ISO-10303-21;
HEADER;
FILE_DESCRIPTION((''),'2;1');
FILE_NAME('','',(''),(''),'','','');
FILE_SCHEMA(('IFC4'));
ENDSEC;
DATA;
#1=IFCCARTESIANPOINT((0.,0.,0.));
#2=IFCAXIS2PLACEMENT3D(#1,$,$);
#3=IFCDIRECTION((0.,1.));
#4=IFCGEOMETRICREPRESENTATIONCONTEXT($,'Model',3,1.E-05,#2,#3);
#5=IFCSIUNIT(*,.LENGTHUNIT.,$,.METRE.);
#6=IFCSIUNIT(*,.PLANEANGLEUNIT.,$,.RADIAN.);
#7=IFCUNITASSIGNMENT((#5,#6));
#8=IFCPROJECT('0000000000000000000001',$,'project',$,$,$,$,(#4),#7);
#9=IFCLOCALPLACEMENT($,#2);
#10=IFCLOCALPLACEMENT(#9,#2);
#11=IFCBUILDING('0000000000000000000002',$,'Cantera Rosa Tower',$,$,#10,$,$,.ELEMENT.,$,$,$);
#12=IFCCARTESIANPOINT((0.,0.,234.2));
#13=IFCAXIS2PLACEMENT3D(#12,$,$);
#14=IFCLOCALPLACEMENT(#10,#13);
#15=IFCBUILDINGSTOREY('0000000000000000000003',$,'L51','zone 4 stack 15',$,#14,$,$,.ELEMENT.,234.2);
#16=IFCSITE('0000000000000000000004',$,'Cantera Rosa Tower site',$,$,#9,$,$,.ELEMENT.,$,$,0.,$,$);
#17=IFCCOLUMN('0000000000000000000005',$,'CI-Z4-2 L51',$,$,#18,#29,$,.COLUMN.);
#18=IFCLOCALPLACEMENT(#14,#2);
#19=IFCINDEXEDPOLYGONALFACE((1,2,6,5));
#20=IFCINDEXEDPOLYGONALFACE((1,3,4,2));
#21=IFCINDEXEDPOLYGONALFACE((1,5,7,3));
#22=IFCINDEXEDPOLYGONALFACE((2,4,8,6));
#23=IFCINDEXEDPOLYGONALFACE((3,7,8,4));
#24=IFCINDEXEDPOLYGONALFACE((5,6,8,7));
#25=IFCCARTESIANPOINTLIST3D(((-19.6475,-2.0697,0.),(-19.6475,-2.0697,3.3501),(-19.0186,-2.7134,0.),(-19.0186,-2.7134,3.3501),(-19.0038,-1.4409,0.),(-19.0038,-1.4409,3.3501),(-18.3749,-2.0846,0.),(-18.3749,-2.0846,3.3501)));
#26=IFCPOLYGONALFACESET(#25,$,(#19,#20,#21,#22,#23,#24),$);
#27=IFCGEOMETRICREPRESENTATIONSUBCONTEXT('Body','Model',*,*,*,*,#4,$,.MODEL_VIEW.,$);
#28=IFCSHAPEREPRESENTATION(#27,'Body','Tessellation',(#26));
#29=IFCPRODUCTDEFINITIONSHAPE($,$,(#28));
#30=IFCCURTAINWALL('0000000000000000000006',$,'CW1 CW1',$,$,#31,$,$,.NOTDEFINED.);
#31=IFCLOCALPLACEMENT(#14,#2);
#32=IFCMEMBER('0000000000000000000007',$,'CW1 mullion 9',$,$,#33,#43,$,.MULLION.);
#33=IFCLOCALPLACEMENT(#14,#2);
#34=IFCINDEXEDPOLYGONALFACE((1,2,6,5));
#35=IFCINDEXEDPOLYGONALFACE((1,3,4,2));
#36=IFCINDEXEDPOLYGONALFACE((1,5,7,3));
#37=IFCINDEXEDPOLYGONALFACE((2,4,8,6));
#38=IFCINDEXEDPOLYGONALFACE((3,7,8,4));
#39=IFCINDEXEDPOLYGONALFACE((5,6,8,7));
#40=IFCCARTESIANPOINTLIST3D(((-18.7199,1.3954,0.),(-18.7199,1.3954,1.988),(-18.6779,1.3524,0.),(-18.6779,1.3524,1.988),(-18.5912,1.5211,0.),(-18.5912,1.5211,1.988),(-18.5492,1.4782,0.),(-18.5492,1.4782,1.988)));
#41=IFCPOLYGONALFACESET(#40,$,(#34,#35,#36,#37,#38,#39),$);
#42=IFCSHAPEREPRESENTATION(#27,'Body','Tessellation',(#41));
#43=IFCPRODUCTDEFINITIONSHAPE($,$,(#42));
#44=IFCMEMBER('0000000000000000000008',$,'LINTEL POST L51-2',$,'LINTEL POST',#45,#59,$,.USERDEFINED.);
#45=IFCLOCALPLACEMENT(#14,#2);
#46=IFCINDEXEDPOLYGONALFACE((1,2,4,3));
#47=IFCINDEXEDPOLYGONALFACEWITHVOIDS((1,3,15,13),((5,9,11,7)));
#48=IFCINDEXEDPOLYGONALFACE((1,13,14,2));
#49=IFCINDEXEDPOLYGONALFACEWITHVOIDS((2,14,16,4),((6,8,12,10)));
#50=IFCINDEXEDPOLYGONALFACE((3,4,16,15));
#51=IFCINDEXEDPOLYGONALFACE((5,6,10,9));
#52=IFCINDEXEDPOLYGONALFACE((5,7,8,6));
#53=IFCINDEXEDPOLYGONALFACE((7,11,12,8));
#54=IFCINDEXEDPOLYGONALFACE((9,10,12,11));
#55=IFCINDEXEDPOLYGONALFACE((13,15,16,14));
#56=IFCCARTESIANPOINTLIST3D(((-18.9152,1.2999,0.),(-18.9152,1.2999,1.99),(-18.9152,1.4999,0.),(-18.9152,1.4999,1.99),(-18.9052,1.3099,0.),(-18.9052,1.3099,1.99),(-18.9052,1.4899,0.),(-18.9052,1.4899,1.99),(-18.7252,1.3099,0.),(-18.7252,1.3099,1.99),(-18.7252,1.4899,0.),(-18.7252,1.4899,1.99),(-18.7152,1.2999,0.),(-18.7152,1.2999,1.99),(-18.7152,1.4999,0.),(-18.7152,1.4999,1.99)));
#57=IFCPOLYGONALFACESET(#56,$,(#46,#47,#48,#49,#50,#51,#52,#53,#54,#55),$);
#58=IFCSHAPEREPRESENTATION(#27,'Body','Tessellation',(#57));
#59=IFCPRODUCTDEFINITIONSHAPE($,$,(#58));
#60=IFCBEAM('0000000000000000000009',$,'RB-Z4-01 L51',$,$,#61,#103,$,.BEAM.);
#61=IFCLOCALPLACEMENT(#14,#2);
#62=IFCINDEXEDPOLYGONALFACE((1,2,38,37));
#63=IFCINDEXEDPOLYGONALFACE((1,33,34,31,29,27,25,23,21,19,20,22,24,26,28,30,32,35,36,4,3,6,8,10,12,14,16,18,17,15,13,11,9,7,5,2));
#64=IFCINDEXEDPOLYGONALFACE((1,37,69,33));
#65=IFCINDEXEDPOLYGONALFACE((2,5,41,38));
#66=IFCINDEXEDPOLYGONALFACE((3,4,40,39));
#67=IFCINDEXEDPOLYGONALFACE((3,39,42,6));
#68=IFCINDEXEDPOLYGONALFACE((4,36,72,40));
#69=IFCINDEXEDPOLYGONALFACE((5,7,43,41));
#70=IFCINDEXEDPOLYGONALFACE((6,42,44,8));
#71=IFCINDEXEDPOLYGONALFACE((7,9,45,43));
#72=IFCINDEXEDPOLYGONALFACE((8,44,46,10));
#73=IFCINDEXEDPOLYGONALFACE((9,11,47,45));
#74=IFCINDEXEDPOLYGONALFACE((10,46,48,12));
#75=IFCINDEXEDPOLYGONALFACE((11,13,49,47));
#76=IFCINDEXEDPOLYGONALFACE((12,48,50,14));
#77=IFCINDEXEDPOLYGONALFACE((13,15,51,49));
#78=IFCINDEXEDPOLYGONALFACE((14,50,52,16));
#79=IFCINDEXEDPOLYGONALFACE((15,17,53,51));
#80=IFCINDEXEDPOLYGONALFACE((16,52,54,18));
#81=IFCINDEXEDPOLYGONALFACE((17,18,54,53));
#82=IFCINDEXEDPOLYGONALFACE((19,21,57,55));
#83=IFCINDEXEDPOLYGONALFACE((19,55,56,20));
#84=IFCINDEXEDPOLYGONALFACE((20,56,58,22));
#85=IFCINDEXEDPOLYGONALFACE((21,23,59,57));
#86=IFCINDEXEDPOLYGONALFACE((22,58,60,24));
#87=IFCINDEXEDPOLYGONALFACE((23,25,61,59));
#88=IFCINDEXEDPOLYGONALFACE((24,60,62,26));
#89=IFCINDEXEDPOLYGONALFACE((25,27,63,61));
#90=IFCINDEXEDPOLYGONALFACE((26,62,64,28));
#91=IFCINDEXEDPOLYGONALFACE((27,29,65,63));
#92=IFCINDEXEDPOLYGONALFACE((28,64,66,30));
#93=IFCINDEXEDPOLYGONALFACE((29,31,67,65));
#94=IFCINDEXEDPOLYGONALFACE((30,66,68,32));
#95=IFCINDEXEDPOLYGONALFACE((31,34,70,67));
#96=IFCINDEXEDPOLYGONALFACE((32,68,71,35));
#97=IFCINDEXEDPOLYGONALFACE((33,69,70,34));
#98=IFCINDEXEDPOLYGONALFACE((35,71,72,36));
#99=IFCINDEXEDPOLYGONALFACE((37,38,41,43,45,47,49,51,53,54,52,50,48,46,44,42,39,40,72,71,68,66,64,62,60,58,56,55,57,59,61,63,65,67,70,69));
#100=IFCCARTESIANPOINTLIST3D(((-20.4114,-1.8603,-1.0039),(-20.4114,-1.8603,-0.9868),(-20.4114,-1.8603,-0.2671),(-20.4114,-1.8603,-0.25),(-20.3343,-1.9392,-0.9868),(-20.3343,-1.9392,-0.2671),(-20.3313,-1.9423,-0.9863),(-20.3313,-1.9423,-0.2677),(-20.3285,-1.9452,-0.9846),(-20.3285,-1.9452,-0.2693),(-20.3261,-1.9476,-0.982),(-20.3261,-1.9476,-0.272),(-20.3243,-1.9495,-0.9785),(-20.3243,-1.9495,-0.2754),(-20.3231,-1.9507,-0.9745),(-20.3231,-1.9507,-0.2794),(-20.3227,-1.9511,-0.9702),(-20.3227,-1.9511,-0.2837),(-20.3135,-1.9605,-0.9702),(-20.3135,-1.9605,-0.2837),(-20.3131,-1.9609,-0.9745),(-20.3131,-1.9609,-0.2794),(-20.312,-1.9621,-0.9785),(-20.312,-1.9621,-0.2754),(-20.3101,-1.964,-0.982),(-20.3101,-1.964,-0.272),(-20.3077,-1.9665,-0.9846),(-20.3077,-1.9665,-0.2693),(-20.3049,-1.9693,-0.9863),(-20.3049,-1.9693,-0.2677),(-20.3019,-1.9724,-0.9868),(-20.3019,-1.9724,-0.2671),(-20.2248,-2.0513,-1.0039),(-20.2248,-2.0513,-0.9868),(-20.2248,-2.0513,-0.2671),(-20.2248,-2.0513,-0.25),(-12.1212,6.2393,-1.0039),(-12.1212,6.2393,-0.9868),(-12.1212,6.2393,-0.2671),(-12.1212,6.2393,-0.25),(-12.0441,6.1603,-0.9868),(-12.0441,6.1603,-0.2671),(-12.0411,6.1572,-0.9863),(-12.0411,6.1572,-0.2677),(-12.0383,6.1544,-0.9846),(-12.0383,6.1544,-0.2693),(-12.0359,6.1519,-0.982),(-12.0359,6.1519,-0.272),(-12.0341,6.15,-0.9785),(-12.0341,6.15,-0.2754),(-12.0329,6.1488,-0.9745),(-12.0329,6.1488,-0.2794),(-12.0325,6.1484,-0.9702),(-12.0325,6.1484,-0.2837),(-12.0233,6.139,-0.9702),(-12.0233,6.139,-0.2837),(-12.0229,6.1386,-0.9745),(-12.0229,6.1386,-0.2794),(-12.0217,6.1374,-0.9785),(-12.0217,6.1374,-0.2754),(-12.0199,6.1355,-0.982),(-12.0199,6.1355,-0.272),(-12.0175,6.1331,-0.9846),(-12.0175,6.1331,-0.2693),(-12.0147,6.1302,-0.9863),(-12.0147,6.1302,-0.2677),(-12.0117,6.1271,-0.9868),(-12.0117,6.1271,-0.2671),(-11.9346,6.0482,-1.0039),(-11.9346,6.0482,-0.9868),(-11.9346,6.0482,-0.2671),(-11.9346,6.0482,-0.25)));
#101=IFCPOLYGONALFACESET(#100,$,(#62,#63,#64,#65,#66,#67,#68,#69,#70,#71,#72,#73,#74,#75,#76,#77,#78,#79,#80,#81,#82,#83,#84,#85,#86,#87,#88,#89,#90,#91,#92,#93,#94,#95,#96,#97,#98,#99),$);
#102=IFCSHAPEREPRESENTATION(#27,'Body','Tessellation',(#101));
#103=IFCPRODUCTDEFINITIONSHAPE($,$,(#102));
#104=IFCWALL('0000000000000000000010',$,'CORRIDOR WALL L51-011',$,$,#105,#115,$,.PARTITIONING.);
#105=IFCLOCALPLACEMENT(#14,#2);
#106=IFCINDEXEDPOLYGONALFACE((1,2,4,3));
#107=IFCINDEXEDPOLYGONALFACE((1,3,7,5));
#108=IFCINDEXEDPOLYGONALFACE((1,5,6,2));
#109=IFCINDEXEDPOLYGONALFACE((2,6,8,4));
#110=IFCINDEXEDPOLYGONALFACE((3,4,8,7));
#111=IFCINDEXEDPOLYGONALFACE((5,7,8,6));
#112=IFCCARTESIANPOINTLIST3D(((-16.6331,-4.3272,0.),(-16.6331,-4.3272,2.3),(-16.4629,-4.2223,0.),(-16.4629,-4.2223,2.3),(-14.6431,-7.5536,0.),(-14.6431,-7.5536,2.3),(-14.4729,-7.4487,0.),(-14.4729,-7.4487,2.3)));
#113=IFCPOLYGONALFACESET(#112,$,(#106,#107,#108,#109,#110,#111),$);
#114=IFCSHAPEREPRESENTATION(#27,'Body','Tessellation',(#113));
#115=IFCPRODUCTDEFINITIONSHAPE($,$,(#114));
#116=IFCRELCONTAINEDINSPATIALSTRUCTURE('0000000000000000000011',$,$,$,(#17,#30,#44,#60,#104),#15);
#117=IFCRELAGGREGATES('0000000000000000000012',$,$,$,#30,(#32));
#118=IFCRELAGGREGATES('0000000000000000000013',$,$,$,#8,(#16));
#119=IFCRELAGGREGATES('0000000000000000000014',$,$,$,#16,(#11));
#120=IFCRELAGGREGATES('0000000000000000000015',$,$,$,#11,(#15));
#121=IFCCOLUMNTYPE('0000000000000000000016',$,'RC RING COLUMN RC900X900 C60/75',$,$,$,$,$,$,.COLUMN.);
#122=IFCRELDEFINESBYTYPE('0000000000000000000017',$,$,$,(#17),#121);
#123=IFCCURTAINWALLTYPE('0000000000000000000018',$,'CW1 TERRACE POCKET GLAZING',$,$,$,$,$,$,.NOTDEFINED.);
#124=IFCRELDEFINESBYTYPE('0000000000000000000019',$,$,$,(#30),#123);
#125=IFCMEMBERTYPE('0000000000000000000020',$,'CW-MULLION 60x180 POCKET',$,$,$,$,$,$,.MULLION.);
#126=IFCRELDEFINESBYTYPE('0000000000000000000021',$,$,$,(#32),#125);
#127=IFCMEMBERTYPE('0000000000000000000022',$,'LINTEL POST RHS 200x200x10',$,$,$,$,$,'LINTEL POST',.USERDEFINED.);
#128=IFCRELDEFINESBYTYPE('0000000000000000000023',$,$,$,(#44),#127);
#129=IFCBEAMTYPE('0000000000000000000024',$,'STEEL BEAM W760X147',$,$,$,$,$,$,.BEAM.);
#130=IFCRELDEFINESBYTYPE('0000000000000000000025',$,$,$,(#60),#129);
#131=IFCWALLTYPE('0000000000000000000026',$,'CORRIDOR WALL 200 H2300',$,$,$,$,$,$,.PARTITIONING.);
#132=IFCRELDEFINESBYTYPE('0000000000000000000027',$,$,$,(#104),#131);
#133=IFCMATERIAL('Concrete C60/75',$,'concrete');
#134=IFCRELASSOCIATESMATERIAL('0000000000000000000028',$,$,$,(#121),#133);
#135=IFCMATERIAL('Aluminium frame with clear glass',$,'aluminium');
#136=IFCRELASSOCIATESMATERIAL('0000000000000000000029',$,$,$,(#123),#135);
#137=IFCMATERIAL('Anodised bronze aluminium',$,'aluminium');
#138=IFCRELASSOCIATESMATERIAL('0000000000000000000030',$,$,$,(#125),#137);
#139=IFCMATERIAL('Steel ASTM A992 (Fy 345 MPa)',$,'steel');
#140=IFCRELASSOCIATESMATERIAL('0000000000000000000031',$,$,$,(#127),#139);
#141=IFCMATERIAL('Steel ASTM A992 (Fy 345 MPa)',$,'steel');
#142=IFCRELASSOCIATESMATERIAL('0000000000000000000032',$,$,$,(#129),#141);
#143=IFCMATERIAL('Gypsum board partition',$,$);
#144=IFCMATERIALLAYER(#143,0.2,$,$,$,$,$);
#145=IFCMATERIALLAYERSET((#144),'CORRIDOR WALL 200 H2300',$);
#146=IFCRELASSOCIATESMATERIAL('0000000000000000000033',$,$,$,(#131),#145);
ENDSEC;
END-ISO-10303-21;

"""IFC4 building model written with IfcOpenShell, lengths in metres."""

from ifc_helpers import new_model, si_unit, direction, frame, frame_2d, origin, origin_2d, place, context, subcontext, project, spatial, rectangle, hollow_rectangle, i_section, extrude, material, layer, layer_set, material_profile, profile_set, type_object, element, aggregate, save


model = new_model("IFC4")

# Units and contexts
model_context = context("Model", 3, precision=1e-05, world=origin(), true_north=direction((0.0, 1.0)))
body_context = subcontext(model_context, "Body", "Model", "MODEL_VIEW")
ifc_project = project(units=[si_unit("LENGTHUNIT", "METRE"), si_unit("PLANEANGLEUNIT", "RADIAN")], contexts=[model_context])

# Site, building, storey
site_placement = place(None, origin())
site = spatial("IfcSite", under=ifc_project, at=site_placement, Name="Cantera Rosa Tower site", CompositionType="ELEMENT", RefElevation=0.0)
building_placement = place(site_placement, origin())
building = spatial("IfcBuilding", under=site, at=building_placement, Name="Cantera Rosa Tower", CompositionType="ELEMENT")
storey_placement = place(building_placement, frame((0.0, 0.0, 234.2)))
storey = spatial("IfcBuildingStorey", under=building, at=storey_placement, Name="L51", Description="zone 4 stack 15", CompositionType="ELEMENT", Elevation=234.2)

# Column
ifc_material_1 = material(Name="Concrete C60/75", Category="concrete")
ifc_material_profile_1 = material_profile(ifc_material_1, rectangle(XDim=0.8999, YDim=0.8999, at=origin_2d()), Name="RC RING COLUMN RC900X900 C60/75")
ifc_profile_set_1 = profile_set([ifc_material_profile_1], Name="Concrete C60/75")
column_type = type_object("IfcColumnType", Name="RC RING COLUMN RC900X900 C60/75", PredefinedType="COLUMN", material=ifc_profile_set_1)
column_placement = place(storey_placement, frame((-19.0112, -2.0771, 0.0), z_axis=(0.0, 0.0, 1.0), x_axis=(0.715286, 0.698832, 0.0)))
element("IfcColumn", 1, at=column_placement, inside=storey, type_object=column_type, Name="CI-Z4-2 L51", PredefinedType="COLUMN", context=body_context, shape_type="SweptSolid", body=[
    extrude(rectangle(XDim=0.8999, YDim=0.8999, at=origin_2d()), origin(), (0.0, 0.0, 1.0), 3.3501),
])

# Curtain wall, member
ifc_material_2 = material(Name="Aluminium frame with clear glass", Category="aluminium")
curtain_wall_type = type_object("IfcCurtainWallType", Name="CW1 TERRACE POCKET GLAZING", PredefinedType="NOTDEFINED", material=ifc_material_2)
curtain_wall_placement = place(storey_placement, origin())
curtain_wall = element("IfcCurtainWall", 2, at=curtain_wall_placement, inside=storey, type_object=curtain_wall_type, Name="CW1 CW1", PredefinedType="NOTDEFINED")
ifc_material_3 = material(Name="Anodised bronze aluminium", Category="aluminium")
ifc_material_profile_2 = material_profile(ifc_material_3, rectangle(XDim=0.0601, YDim=0.1799, at=origin_2d()), Name="CW-MULLION 60x180 POCKET")
ifc_profile_set_2 = profile_set([ifc_material_profile_2], Name="Anodised bronze aluminium")
member_type_1 = type_object("IfcMemberType", Name="CW-MULLION 60x180 POCKET", PredefinedType="MULLION", material=ifc_profile_set_2)
member_1_placement = place(storey_placement, frame((-18.6345, 1.4368, 0.0), z_axis=(0.0, 0.0, 1.0), x_axis=(0.698832, -0.715286, 0.0)))
member_1 = element("IfcMember", 3, at=member_1_placement, type_object=member_type_1, Name="CW1 mullion 9", PredefinedType="MULLION", context=body_context, shape_type="SweptSolid", body=[
    extrude(rectangle(XDim=0.0601, YDim=0.1799, at=origin_2d()), origin(), (0.0, 0.0, 1.0), 1.988),
])
aggregate(curtain_wall, [member_1])

# Member
ifc_material_4 = material(Name="Steel ASTM A992 (Fy 345 MPa)", Category="steel")
ifc_material_profile_3 = material_profile(ifc_material_4, hollow_rectangle(XDim=0.2, YDim=0.2, WallThickness=0.01, at=origin_2d()), Name="LINTEL POST RHS 200x200x10")
ifc_profile_set_3 = profile_set([ifc_material_profile_3], Name="Steel ASTM A992 (Fy 345 MPa)")
member_type_2 = type_object("IfcMemberType", Name="LINTEL POST RHS 200x200x10", ElementType="LINTEL POST", PredefinedType="USERDEFINED", material=ifc_profile_set_3)
member_2_placement = place(storey_placement, frame((-18.8152, 1.3999, 0.0), z_axis=(0.0, 0.0, 1.0), x_axis=(1.0, 0.0, 0.0)))
element("IfcMember", 4, at=member_2_placement, inside=storey, type_object=member_type_2, Name="LINTEL POST L51-2", ObjectType="LINTEL POST", PredefinedType="USERDEFINED", context=body_context, shape_type="SweptSolid", body=[
    extrude(hollow_rectangle(XDim=0.2, YDim=0.2, WallThickness=0.01, at=origin_2d()), origin(), (0.0, 0.0, 1.0), 1.99),
])

# Beam
ifc_material_5 = material(Name="Steel ASTM A992 (Fy 345 MPa)", Category="steel")
ifc_material_profile_4 = material_profile(ifc_material_5, i_section(OverallWidth=0.2671, OverallDepth=0.7539, WebThickness=0.0132, FlangeThickness=0.0171, FilletRadius=0.0166, at=origin_2d()), Name="W760X147")
ifc_profile_set_4 = profile_set([ifc_material_profile_4], Name="Steel ASTM A992 (Fy 345 MPa)")
beam_type = type_object("IfcBeamType", Name="STEEL BEAM W760X147", PredefinedType="BEAM", material=ifc_profile_set_4)
beam_placement = place(storey_placement, frame((-20.3181, -1.9558, -0.627), z_axis=(0.715285, 0.698833, 0.0), x_axis=(-0.698833, 0.715285, 0.0)))
element("IfcBeam", 5, at=beam_placement, inside=storey, type_object=beam_type, Name="RB-Z4-01 L51", PredefinedType="BEAM", context=body_context, shape_type="SweptSolid", body=[
    extrude(i_section(OverallWidth=0.2671, OverallDepth=0.7539, WebThickness=0.0132, FlangeThickness=0.0171, FilletRadius=0.0166, at=origin_2d()), origin(), (0.0, 0.0, 1.0), 11.5901),
])

# Wall
ifc_material_6 = material(Name="Gypsum board partition")
ifc_layer_1 = layer(ifc_material_6, 0.2)
ifc_layer_set_1 = layer_set([ifc_layer_1], Name="CORRIDOR WALL 200 H2300")
wall_type_1 = type_object("IfcWallType", Name="CORRIDOR WALL 200 H2300", PredefinedType="PARTITIONING", material=ifc_layer_set_1)
wall_1_placement = place(storey_placement, frame((-16.5481, -4.2747, 0.0), z_axis=(0.0, 0.0, 1.0), x_axis=(0.52497, -0.851121, 0.0)))
element("IfcWall", 6, at=wall_1_placement, inside=storey, type_object=wall_type_1, Name="CORRIDOR WALL L51-011", PredefinedType="PARTITIONING", context=body_context, shape_type="SweptSolid", body=[
    extrude(rectangle(XDim=3.7908, YDim=0.2, at=frame_2d((1.8955, 0.0))), origin(), (0.0, 0.0, 1.0), 2.3),
])

save(model, "model.ifc")
